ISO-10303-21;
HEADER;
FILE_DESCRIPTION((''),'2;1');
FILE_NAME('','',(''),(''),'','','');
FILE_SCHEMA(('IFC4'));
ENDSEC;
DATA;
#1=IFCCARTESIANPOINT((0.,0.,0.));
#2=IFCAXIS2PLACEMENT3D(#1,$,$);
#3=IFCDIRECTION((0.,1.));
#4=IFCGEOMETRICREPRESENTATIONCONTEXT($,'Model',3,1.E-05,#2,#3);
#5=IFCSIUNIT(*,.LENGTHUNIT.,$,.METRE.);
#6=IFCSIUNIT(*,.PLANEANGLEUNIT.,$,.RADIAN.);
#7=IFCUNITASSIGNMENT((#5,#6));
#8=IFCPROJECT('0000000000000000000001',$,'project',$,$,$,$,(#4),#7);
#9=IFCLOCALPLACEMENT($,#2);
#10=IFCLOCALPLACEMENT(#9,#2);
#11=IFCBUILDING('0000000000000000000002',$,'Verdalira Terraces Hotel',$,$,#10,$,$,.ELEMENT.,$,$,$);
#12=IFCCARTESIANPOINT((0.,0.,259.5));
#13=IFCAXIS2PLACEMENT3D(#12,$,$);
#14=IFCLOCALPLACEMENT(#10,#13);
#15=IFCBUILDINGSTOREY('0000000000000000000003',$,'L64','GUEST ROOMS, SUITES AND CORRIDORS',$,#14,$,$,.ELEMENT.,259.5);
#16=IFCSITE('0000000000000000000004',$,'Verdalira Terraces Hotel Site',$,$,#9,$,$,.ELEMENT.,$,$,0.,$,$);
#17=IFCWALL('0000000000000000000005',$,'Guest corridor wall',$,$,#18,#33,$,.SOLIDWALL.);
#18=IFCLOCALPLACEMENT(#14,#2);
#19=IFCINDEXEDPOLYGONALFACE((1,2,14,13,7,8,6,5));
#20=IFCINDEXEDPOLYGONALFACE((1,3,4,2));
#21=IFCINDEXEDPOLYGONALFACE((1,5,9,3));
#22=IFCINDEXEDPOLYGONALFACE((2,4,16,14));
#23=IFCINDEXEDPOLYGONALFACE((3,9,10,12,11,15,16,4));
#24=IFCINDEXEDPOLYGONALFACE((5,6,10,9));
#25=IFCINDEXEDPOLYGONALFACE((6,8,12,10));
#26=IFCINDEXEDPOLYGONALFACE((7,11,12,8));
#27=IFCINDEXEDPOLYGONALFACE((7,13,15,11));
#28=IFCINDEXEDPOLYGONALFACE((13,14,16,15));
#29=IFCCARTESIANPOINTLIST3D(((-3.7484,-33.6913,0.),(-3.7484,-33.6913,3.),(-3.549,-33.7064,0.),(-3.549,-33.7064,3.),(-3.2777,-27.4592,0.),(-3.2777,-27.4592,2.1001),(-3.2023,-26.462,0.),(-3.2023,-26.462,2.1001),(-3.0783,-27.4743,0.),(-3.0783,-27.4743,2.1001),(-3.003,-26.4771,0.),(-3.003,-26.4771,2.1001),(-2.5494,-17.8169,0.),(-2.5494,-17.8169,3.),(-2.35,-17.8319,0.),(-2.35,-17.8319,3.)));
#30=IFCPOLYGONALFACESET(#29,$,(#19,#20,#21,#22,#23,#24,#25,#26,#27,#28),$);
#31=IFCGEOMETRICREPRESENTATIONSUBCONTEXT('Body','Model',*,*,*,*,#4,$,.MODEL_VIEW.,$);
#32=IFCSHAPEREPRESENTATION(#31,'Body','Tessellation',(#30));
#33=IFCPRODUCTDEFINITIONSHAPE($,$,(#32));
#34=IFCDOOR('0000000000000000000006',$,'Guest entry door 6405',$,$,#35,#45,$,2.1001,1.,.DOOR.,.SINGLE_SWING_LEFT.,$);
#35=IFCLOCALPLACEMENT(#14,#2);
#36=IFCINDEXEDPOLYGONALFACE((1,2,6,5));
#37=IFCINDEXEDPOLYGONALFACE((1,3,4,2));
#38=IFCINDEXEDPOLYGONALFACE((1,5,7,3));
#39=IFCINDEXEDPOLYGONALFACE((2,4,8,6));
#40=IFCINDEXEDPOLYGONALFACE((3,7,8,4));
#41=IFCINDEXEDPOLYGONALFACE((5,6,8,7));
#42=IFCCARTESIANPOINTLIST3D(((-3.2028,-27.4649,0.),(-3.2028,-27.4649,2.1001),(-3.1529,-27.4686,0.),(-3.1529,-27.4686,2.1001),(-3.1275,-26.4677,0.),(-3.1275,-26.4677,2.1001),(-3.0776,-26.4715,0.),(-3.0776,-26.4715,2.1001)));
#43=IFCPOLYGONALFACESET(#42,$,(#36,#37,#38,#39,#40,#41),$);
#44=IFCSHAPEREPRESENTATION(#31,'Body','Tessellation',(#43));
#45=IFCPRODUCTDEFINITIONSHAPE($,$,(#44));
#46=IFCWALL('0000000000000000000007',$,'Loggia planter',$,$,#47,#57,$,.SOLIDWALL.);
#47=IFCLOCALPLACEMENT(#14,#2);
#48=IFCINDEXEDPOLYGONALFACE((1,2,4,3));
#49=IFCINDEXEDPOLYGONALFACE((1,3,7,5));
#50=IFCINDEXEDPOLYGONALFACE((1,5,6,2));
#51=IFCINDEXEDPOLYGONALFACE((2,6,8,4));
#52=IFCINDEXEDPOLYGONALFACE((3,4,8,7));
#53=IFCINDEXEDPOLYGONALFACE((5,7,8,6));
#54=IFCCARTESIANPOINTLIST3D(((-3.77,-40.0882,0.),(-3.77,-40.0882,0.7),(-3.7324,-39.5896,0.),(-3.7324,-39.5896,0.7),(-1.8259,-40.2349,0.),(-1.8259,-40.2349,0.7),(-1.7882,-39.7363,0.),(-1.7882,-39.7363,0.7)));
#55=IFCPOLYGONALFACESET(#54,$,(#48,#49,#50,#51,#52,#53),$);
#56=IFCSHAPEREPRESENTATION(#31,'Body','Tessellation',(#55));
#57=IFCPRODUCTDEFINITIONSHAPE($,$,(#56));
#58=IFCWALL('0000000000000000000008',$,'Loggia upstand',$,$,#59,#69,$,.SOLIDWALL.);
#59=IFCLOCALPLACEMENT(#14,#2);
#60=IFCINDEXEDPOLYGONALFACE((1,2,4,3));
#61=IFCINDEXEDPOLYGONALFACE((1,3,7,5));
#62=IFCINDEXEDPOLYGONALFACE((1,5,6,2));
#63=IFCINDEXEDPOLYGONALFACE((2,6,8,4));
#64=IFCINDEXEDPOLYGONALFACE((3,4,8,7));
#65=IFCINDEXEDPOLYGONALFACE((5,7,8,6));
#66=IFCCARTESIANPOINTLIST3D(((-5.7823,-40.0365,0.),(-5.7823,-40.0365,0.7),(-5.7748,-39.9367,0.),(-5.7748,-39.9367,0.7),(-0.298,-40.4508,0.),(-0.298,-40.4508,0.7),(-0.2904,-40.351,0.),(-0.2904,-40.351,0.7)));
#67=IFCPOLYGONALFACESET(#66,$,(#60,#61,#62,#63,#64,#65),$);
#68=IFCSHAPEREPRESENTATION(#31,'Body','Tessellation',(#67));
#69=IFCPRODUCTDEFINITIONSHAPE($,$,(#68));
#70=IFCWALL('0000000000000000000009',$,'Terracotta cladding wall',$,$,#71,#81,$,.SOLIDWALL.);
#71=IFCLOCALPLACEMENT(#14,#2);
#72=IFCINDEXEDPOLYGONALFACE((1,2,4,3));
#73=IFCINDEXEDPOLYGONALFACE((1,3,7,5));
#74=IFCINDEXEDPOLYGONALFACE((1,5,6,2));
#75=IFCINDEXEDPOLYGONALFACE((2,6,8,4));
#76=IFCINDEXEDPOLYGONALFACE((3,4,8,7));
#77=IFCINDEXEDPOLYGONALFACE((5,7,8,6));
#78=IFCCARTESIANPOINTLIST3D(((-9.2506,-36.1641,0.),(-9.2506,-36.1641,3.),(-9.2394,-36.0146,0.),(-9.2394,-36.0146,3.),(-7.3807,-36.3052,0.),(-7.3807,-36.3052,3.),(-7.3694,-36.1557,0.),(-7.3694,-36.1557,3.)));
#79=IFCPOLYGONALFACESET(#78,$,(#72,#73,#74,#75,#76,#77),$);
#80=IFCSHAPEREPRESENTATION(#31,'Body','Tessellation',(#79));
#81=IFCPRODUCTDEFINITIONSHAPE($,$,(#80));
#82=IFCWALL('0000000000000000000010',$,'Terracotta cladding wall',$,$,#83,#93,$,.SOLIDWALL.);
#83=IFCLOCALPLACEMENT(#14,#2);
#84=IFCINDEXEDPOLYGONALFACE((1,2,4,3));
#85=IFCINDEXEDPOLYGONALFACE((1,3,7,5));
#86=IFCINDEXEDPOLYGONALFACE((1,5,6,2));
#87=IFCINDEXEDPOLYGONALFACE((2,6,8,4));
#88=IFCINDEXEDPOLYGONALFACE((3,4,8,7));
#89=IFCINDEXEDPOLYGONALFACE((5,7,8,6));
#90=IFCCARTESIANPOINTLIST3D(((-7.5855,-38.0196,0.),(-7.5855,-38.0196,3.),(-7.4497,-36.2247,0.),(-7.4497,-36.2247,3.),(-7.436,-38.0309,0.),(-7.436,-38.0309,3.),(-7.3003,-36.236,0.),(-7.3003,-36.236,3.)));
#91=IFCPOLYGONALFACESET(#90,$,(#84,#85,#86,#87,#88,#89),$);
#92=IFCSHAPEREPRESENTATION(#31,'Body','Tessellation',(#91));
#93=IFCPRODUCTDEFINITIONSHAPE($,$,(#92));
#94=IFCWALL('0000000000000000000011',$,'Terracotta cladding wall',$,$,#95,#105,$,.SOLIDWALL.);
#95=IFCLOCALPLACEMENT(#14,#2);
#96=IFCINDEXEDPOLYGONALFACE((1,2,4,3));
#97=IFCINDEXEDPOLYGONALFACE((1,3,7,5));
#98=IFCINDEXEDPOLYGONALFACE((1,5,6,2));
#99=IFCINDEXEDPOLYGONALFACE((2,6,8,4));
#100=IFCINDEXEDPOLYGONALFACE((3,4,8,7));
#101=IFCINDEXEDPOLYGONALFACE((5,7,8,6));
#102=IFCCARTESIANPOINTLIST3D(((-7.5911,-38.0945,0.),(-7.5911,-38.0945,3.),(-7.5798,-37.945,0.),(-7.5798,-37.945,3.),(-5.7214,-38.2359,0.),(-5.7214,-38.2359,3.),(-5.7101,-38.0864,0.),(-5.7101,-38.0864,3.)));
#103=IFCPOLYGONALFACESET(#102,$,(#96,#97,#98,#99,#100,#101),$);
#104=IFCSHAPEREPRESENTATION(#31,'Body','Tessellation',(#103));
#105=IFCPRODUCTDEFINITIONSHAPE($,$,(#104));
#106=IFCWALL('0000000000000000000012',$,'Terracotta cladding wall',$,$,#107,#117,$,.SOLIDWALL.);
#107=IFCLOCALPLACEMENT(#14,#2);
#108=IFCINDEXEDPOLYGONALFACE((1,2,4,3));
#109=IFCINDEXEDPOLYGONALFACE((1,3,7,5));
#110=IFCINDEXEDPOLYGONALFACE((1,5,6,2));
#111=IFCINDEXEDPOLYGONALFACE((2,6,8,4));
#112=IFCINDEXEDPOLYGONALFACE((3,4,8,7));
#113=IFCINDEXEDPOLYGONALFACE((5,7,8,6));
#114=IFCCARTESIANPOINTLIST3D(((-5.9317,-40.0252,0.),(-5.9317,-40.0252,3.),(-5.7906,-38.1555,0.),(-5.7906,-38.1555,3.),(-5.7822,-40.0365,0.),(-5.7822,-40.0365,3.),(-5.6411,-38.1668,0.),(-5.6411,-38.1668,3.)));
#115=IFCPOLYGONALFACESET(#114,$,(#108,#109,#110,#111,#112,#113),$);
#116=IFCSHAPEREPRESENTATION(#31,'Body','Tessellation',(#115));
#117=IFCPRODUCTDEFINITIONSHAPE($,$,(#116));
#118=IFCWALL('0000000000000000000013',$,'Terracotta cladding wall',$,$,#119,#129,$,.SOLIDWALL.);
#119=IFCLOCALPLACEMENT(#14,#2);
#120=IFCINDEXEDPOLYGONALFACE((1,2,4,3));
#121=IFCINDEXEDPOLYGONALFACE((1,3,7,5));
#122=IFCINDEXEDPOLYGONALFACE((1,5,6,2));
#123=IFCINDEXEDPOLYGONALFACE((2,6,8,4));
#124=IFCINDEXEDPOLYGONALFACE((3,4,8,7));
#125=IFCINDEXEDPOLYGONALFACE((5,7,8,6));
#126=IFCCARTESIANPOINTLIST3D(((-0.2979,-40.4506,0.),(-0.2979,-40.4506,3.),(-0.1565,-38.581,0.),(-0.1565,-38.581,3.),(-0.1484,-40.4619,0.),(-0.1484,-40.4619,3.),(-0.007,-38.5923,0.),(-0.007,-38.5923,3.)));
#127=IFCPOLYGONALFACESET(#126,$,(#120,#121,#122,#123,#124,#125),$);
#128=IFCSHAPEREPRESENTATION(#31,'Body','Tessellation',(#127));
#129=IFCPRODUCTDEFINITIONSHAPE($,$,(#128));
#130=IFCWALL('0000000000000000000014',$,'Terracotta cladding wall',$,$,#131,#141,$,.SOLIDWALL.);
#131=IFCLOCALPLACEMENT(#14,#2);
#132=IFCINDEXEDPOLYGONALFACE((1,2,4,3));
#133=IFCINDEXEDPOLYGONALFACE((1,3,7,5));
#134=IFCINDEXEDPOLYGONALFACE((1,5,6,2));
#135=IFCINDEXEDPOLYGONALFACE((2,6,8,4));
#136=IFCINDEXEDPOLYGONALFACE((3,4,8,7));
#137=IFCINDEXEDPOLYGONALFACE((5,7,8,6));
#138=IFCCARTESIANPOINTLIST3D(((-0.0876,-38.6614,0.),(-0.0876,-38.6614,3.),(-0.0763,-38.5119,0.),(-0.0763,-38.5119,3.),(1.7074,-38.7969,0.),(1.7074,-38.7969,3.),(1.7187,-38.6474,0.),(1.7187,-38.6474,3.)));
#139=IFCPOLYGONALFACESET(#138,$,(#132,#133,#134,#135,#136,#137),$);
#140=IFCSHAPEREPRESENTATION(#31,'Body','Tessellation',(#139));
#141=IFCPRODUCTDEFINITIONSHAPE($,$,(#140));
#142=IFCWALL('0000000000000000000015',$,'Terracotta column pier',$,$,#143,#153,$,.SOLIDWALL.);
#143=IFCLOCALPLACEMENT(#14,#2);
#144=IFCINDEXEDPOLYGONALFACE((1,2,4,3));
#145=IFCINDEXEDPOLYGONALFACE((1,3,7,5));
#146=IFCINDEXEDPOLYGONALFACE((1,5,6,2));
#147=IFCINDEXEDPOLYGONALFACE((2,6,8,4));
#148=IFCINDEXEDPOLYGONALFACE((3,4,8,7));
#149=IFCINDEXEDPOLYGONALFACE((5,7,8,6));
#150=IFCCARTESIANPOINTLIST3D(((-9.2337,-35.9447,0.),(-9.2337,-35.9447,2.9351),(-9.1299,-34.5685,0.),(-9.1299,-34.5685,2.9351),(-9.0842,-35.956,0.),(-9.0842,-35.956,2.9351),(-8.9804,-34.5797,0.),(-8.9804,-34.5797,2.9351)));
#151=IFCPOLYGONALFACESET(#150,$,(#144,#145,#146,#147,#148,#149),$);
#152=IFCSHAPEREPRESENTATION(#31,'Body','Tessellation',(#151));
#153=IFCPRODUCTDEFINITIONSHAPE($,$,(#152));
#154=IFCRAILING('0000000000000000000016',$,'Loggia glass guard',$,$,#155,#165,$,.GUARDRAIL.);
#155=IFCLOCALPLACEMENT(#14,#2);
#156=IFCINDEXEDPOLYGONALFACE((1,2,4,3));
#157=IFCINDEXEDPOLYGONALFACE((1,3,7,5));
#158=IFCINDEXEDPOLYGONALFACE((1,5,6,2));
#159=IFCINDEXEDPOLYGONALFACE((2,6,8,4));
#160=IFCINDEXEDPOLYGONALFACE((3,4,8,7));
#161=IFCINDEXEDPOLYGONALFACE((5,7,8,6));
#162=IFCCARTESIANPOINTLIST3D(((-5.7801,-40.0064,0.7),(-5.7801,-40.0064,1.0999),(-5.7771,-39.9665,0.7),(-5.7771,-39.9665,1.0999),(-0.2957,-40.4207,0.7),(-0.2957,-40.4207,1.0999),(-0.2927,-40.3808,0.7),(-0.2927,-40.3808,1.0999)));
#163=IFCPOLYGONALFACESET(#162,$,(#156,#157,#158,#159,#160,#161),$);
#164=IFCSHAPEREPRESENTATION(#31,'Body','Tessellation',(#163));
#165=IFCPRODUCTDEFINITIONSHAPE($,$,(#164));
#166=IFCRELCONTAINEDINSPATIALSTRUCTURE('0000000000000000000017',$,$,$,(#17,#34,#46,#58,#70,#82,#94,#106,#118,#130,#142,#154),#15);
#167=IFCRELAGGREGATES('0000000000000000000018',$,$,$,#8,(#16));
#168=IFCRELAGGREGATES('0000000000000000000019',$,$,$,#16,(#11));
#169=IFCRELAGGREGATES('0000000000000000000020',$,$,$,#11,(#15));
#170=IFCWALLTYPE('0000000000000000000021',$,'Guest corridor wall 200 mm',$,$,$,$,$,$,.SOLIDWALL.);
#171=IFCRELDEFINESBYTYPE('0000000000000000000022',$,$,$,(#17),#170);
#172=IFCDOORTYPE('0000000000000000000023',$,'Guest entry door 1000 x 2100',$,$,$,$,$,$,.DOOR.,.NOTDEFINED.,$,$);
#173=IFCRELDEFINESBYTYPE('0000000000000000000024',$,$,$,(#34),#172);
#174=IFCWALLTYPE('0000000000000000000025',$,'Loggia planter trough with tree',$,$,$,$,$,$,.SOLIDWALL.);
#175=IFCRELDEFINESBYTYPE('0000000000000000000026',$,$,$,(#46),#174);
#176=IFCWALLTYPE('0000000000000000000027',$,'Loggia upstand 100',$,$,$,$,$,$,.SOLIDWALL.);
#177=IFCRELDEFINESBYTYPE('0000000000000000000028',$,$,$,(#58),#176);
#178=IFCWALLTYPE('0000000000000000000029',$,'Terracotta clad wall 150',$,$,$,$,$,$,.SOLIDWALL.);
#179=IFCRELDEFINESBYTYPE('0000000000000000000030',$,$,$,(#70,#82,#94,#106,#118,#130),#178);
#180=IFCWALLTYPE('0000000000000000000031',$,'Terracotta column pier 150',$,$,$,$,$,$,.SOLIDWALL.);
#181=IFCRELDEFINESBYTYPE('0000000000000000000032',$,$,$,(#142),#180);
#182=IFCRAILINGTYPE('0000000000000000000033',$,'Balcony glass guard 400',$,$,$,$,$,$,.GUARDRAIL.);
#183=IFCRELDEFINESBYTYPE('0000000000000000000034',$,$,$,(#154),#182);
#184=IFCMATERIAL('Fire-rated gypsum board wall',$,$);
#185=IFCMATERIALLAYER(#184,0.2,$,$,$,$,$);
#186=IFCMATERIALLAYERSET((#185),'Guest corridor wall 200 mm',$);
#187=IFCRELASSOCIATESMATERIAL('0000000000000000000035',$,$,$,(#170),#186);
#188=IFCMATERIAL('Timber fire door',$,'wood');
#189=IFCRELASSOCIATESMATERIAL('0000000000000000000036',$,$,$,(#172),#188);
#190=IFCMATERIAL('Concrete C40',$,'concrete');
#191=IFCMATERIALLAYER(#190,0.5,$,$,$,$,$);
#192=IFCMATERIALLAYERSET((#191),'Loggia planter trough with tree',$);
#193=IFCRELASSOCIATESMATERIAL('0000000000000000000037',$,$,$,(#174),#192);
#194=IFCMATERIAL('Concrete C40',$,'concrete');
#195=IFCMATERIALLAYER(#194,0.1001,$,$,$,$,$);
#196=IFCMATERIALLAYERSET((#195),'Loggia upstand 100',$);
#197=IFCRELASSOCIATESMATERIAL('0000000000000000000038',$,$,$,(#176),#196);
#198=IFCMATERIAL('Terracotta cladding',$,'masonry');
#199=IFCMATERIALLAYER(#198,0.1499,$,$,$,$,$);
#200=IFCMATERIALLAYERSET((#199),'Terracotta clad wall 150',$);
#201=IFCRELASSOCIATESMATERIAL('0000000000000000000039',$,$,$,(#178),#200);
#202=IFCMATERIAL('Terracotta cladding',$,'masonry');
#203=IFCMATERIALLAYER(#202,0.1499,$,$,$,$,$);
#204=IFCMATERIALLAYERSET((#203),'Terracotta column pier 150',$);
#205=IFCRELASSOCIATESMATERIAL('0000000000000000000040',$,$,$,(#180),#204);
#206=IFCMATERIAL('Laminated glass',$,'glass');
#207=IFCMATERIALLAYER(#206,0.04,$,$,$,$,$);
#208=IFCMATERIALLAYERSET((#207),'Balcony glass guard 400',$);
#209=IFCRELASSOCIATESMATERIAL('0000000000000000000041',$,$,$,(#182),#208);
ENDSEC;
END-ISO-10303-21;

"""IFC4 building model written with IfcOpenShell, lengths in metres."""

from ifc_helpers import new_model, si_unit, direction, frame, frame_2d, origin, origin_2d, place, context, subcontext, project, spatial, rectangle, extrude, material, layer, layer_set, type_object, element, fill, save


model = new_model("IFC4")

# Units and contexts
model_context = context("Model", 3, precision=1e-05, world=origin(), true_north=direction((0.0, 1.0)))
body_context = subcontext(model_context, "Body", "Model", "MODEL_VIEW")
ifc_project = project(units=[si_unit("LENGTHUNIT", "METRE"), si_unit("PLANEANGLEUNIT", "RADIAN")], contexts=[model_context])

# Site, building, storey
site_placement = place(None, origin())
site = spatial("IfcSite", under=ifc_project, at=site_placement, Name="Verdalira Terraces Hotel Site", CompositionType="ELEMENT", RefElevation=0.0)
building_placement = place(site_placement, origin())
building = spatial("IfcBuilding", under=site, at=building_placement, Name="Verdalira Terraces Hotel", CompositionType="ELEMENT")
storey_placement = place(building_placement, frame((0.0, 0.0, 259.5)))
storey = spatial("IfcBuildingStorey", under=building, at=storey_placement, Name="L64", Description="GUEST ROOMS, SUITES AND CORRIDORS", CompositionType="ELEMENT", Elevation=259.5)

# Wall, opening, door
ifc_material_1 = material(Name="Fire-rated gypsum board wall")
ifc_layer_1 = layer(ifc_material_1, 0.2)
ifc_layer_set_1 = layer_set([ifc_layer_1], Name="Guest corridor wall 200 mm")
wall_type_1 = type_object("IfcWallType", Name="Guest corridor wall 200 mm", PredefinedType="SOLIDWALL", material=ifc_layer_set_1)
wall_1_placement = place(storey_placement, frame((-3.6487, -33.699, 0.0), z_axis=(0.0, 0.0, 1.0), x_axis=(0.075314, 0.99716, 0.0)))
wall_1 = element("IfcWall", 1, at=wall_1_placement, inside=storey, type_object=wall_type_1, Name="Guest corridor wall", PredefinedType="SOLIDWALL", context=body_context, shape_type="SweptSolid", body=[
    extrude(rectangle(XDim=15.9197, YDim=0.2, at=frame_2d((7.96, 0.0))), origin(), (0.0, 0.0, 1.0), 3.0),
])
opening_placement = place(wall_1_placement, frame((6.25, 0.0, 0.0)))
opening = element("IfcOpeningElement", 2, at=opening_placement, cuts=wall_1, PredefinedType="OPENING", context=body_context, shape_type="SweptSolid", body=[
    extrude(rectangle(XDim=1.0, YDim=2.1001, at=frame_2d((0.5, 1.05))), frame((0.0, 0.1099, 0.0), z_axis=(0.0, -1.0, 0.0), x_axis=(1.0, 0.0, 0.0)), (0.0, 0.0, 1.0), 0.22),
])
ifc_material_2 = material(Name="Timber fire door", Category="wood")
door_type = type_object("IfcDoorType", Name="Guest entry door 1000 x 2100", OperationType="NOTDEFINED", PredefinedType="DOOR", material=ifc_material_2)
door_placement = place(opening_placement, origin())
door = element("IfcDoor", 3, at=door_placement, inside=storey, type_object=door_type, Name="Guest entry door 6405", OperationType="SINGLE_SWING_LEFT", OverallHeight=2.1001, OverallWidth=1.0, PredefinedType="DOOR", context=body_context, shape_type="SweptSolid", body=[
    extrude(rectangle(XDim=1.0, YDim=2.1001, at=frame_2d((0.5, 1.05))), frame((0.0, 0.0249, 0.0), z_axis=(0.0, -1.0, 0.0), x_axis=(1.0, 0.0, 0.0)), (0.0, 0.0, 1.0), 0.05),
])
fill(opening, door)

# Walls
ifc_material_3 = material(Name="Concrete C40", Category="concrete")
ifc_layer_2 = layer(ifc_material_3, 0.5)
ifc_layer_set_2 = layer_set([ifc_layer_2], Name="Loggia planter trough with tree")
wall_type_2 = type_object("IfcWallType", Name="Loggia planter trough with tree", PredefinedType="SOLIDWALL", material=ifc_layer_set_2)
wall_2_placement = place(storey_placement, frame((-3.7512, -39.8389, 0.0), z_axis=(0.0, 0.0, 1.0), x_axis=(0.997164, -0.07526, 0.0)))
element("IfcWall", 4, at=wall_2_placement, inside=storey, type_object=wall_type_2, Name="Loggia planter", PredefinedType="SOLIDWALL", context=body_context, shape_type="SweptSolid", body=[
    extrude(rectangle(XDim=1.9497, YDim=0.5, at=frame_2d((0.9749, 0.0))), origin(), (0.0, 0.0, 1.0), 0.7),
])
ifc_material_4 = material(Name="Concrete C40", Category="concrete")
ifc_layer_3 = layer(ifc_material_4, 0.1001)
ifc_layer_set_3 = layer_set([ifc_layer_3], Name="Loggia upstand 100")
wall_type_3 = type_object("IfcWallType", Name="Loggia upstand 100", PredefinedType="SOLIDWALL", material=ifc_layer_set_3)
wall_3_placement = place(storey_placement, frame((-5.7786, -39.9866, 0.0), z_axis=(0.0, 0.0, 1.0), x_axis=(0.997159, -0.075328, 0.0)))
element("IfcWall", 5, at=wall_3_placement, inside=storey, type_object=wall_type_3, Name="Loggia upstand", PredefinedType="SOLIDWALL", context=body_context, shape_type="SweptSolid", body=[
    extrude(rectangle(XDim=5.5, YDim=0.1001, at=frame_2d((2.75, 0.0))), origin(), (0.0, 0.0, 1.0), 0.7),
])
ifc_material_5 = material(Name="Terracotta cladding", Category="masonry")
ifc_layer_4 = layer(ifc_material_5, 0.1499)
ifc_layer_set_4 = layer_set([ifc_layer_4], Name="Terracotta clad wall 150")
wall_type_4 = type_object("IfcWallType", Name="Terracotta clad wall 150", PredefinedType="SOLIDWALL", material=ifc_layer_set_4)
wall_4_placement = place(storey_placement, frame((-9.2449, -36.0894, 0.0), z_axis=(0.0, 0.0, 1.0), x_axis=(0.997164, -0.075253, 0.0)))
element("IfcWall", 6, at=wall_4_placement, inside=storey, type_object=wall_type_4, Name="Terracotta cladding wall", PredefinedType="SOLIDWALL", context=body_context, shape_type="SweptSolid", body=[
    extrude(rectangle(XDim=1.8752, YDim=0.1499, at=frame_2d((0.9375, 0.0))), origin(), (0.0, 0.0, 1.0), 3.0),
])
wall_5_placement = place(storey_placement, frame((-7.375, -36.2305, 0.0), z_axis=(0.0, 0.0, 1.0), x_axis=(-0.07541, -0.997153, 0.0)))
element("IfcWall", 7, at=wall_5_placement, inside=storey, type_object=wall_type_4, Name="Terracotta cladding wall", PredefinedType="SOLIDWALL", context=body_context, shape_type="SweptSolid", body=[
    extrude(rectangle(XDim=1.8, YDim=0.1499, at=frame_2d((0.8999, 0.0))), origin(), (0.0, 0.0, 1.0), 3.0),
])
for number, where, z_axis, x_axis, name in (
    (8, (-7.5854, -38.0198, 0.0), (0.0, 0.0, 1.0), (0.997154, -0.075392, 0.0), "Terracotta cladding wall"),
    (9, (-5.7158, -38.1611, 0.0), (0.0, 0.0, 1.0), (-0.075263, -0.997164, 0.0), "Terracotta cladding wall"),
    (10, (-0.2231, -40.4563, 0.0), (0.0, 0.0, 1.0), (0.075392, 0.997154, 0.0), "Terracotta cladding wall"),
):
    element("IfcWall", number, at=place(storey_placement, frame(where, z_axis=z_axis, x_axis=x_axis)), inside=storey, type_object=wall_type_4, Name=name, PredefinedType="SOLIDWALL", context=body_context, shape_type="SweptSolid", body=[
        extrude(rectangle(XDim=1.875, YDim=0.1499, at=frame_2d((0.9375, 0.0))), origin(), (0.0, 0.0, 1.0), 3.0),
    ])
wall_6_placement = place(storey_placement, frame((-0.0818, -38.5867, 0.0), z_axis=(0.0, 0.0, 1.0), x_axis=(0.997163, -0.075275, 0.0)))
element("IfcWall", 11, at=wall_6_placement, inside=storey, type_object=wall_type_4, Name="Terracotta cladding wall", PredefinedType="SOLIDWALL", context=body_context, shape_type="SweptSolid", body=[
    extrude(rectangle(XDim=1.8, YDim=0.1499, at=frame_2d((0.8999, 0.0))), origin(), (0.0, 0.0, 1.0), 3.0),
])
ifc_material_6 = material(Name="Terracotta cladding", Category="masonry")
ifc_layer_5 = layer(ifc_material_6, 0.1499)
ifc_layer_set_5 = layer_set([ifc_layer_5], Name="Terracotta column pier 150")
wall_type_5 = type_object("IfcWallType", Name="Terracotta column pier 150", PredefinedType="SOLIDWALL", material=ifc_layer_set_5)
wall_7_placement = place(storey_placement, frame((-9.0552, -34.5742, 0.0), z_axis=(0.0, 0.0, 1.0), x_axis=(-0.075181, -0.99717, 0.0)))
element("IfcWall", 12, at=wall_7_placement, inside=storey, type_object=wall_type_5, Name="Terracotta column pier", PredefinedType="SOLIDWALL", context=body_context, shape_type="SweptSolid", body=[
    extrude(rectangle(XDim=1.3801, YDim=0.1499, at=frame_2d((0.6899, 0.0))), origin(), (0.0, 0.0, 1.0), 2.9351),
])

# Railing
ifc_material_7 = material(Name="Laminated glass", Category="glass")
ifc_layer_6 = layer(ifc_material_7, 0.04)
ifc_layer_set_6 = layer_set([ifc_layer_6], Name="Balcony glass guard 400")
railing_type = type_object("IfcRailingType", Name="Balcony glass guard 400", PredefinedType="GUARDRAIL", material=ifc_layer_set_6)
railing_placement = place(storey_placement, frame((-3.0364, -40.1936, 0.7), z_axis=(0.0, 0.0, 1.0), x_axis=(0.997159, -0.075327, 0.0)))
element("IfcRailing", 13, at=railing_placement, inside=storey, type_object=railing_type, Name="Loggia glass guard", PredefinedType="GUARDRAIL", context=body_context, shape_type="SweptSolid", body=[
    extrude(rectangle(XDim=5.5, YDim=0.04, at=origin_2d()), origin(), (0.0, 0.0, 1.0), 0.3999),
])

save(model, "model.ifc")
